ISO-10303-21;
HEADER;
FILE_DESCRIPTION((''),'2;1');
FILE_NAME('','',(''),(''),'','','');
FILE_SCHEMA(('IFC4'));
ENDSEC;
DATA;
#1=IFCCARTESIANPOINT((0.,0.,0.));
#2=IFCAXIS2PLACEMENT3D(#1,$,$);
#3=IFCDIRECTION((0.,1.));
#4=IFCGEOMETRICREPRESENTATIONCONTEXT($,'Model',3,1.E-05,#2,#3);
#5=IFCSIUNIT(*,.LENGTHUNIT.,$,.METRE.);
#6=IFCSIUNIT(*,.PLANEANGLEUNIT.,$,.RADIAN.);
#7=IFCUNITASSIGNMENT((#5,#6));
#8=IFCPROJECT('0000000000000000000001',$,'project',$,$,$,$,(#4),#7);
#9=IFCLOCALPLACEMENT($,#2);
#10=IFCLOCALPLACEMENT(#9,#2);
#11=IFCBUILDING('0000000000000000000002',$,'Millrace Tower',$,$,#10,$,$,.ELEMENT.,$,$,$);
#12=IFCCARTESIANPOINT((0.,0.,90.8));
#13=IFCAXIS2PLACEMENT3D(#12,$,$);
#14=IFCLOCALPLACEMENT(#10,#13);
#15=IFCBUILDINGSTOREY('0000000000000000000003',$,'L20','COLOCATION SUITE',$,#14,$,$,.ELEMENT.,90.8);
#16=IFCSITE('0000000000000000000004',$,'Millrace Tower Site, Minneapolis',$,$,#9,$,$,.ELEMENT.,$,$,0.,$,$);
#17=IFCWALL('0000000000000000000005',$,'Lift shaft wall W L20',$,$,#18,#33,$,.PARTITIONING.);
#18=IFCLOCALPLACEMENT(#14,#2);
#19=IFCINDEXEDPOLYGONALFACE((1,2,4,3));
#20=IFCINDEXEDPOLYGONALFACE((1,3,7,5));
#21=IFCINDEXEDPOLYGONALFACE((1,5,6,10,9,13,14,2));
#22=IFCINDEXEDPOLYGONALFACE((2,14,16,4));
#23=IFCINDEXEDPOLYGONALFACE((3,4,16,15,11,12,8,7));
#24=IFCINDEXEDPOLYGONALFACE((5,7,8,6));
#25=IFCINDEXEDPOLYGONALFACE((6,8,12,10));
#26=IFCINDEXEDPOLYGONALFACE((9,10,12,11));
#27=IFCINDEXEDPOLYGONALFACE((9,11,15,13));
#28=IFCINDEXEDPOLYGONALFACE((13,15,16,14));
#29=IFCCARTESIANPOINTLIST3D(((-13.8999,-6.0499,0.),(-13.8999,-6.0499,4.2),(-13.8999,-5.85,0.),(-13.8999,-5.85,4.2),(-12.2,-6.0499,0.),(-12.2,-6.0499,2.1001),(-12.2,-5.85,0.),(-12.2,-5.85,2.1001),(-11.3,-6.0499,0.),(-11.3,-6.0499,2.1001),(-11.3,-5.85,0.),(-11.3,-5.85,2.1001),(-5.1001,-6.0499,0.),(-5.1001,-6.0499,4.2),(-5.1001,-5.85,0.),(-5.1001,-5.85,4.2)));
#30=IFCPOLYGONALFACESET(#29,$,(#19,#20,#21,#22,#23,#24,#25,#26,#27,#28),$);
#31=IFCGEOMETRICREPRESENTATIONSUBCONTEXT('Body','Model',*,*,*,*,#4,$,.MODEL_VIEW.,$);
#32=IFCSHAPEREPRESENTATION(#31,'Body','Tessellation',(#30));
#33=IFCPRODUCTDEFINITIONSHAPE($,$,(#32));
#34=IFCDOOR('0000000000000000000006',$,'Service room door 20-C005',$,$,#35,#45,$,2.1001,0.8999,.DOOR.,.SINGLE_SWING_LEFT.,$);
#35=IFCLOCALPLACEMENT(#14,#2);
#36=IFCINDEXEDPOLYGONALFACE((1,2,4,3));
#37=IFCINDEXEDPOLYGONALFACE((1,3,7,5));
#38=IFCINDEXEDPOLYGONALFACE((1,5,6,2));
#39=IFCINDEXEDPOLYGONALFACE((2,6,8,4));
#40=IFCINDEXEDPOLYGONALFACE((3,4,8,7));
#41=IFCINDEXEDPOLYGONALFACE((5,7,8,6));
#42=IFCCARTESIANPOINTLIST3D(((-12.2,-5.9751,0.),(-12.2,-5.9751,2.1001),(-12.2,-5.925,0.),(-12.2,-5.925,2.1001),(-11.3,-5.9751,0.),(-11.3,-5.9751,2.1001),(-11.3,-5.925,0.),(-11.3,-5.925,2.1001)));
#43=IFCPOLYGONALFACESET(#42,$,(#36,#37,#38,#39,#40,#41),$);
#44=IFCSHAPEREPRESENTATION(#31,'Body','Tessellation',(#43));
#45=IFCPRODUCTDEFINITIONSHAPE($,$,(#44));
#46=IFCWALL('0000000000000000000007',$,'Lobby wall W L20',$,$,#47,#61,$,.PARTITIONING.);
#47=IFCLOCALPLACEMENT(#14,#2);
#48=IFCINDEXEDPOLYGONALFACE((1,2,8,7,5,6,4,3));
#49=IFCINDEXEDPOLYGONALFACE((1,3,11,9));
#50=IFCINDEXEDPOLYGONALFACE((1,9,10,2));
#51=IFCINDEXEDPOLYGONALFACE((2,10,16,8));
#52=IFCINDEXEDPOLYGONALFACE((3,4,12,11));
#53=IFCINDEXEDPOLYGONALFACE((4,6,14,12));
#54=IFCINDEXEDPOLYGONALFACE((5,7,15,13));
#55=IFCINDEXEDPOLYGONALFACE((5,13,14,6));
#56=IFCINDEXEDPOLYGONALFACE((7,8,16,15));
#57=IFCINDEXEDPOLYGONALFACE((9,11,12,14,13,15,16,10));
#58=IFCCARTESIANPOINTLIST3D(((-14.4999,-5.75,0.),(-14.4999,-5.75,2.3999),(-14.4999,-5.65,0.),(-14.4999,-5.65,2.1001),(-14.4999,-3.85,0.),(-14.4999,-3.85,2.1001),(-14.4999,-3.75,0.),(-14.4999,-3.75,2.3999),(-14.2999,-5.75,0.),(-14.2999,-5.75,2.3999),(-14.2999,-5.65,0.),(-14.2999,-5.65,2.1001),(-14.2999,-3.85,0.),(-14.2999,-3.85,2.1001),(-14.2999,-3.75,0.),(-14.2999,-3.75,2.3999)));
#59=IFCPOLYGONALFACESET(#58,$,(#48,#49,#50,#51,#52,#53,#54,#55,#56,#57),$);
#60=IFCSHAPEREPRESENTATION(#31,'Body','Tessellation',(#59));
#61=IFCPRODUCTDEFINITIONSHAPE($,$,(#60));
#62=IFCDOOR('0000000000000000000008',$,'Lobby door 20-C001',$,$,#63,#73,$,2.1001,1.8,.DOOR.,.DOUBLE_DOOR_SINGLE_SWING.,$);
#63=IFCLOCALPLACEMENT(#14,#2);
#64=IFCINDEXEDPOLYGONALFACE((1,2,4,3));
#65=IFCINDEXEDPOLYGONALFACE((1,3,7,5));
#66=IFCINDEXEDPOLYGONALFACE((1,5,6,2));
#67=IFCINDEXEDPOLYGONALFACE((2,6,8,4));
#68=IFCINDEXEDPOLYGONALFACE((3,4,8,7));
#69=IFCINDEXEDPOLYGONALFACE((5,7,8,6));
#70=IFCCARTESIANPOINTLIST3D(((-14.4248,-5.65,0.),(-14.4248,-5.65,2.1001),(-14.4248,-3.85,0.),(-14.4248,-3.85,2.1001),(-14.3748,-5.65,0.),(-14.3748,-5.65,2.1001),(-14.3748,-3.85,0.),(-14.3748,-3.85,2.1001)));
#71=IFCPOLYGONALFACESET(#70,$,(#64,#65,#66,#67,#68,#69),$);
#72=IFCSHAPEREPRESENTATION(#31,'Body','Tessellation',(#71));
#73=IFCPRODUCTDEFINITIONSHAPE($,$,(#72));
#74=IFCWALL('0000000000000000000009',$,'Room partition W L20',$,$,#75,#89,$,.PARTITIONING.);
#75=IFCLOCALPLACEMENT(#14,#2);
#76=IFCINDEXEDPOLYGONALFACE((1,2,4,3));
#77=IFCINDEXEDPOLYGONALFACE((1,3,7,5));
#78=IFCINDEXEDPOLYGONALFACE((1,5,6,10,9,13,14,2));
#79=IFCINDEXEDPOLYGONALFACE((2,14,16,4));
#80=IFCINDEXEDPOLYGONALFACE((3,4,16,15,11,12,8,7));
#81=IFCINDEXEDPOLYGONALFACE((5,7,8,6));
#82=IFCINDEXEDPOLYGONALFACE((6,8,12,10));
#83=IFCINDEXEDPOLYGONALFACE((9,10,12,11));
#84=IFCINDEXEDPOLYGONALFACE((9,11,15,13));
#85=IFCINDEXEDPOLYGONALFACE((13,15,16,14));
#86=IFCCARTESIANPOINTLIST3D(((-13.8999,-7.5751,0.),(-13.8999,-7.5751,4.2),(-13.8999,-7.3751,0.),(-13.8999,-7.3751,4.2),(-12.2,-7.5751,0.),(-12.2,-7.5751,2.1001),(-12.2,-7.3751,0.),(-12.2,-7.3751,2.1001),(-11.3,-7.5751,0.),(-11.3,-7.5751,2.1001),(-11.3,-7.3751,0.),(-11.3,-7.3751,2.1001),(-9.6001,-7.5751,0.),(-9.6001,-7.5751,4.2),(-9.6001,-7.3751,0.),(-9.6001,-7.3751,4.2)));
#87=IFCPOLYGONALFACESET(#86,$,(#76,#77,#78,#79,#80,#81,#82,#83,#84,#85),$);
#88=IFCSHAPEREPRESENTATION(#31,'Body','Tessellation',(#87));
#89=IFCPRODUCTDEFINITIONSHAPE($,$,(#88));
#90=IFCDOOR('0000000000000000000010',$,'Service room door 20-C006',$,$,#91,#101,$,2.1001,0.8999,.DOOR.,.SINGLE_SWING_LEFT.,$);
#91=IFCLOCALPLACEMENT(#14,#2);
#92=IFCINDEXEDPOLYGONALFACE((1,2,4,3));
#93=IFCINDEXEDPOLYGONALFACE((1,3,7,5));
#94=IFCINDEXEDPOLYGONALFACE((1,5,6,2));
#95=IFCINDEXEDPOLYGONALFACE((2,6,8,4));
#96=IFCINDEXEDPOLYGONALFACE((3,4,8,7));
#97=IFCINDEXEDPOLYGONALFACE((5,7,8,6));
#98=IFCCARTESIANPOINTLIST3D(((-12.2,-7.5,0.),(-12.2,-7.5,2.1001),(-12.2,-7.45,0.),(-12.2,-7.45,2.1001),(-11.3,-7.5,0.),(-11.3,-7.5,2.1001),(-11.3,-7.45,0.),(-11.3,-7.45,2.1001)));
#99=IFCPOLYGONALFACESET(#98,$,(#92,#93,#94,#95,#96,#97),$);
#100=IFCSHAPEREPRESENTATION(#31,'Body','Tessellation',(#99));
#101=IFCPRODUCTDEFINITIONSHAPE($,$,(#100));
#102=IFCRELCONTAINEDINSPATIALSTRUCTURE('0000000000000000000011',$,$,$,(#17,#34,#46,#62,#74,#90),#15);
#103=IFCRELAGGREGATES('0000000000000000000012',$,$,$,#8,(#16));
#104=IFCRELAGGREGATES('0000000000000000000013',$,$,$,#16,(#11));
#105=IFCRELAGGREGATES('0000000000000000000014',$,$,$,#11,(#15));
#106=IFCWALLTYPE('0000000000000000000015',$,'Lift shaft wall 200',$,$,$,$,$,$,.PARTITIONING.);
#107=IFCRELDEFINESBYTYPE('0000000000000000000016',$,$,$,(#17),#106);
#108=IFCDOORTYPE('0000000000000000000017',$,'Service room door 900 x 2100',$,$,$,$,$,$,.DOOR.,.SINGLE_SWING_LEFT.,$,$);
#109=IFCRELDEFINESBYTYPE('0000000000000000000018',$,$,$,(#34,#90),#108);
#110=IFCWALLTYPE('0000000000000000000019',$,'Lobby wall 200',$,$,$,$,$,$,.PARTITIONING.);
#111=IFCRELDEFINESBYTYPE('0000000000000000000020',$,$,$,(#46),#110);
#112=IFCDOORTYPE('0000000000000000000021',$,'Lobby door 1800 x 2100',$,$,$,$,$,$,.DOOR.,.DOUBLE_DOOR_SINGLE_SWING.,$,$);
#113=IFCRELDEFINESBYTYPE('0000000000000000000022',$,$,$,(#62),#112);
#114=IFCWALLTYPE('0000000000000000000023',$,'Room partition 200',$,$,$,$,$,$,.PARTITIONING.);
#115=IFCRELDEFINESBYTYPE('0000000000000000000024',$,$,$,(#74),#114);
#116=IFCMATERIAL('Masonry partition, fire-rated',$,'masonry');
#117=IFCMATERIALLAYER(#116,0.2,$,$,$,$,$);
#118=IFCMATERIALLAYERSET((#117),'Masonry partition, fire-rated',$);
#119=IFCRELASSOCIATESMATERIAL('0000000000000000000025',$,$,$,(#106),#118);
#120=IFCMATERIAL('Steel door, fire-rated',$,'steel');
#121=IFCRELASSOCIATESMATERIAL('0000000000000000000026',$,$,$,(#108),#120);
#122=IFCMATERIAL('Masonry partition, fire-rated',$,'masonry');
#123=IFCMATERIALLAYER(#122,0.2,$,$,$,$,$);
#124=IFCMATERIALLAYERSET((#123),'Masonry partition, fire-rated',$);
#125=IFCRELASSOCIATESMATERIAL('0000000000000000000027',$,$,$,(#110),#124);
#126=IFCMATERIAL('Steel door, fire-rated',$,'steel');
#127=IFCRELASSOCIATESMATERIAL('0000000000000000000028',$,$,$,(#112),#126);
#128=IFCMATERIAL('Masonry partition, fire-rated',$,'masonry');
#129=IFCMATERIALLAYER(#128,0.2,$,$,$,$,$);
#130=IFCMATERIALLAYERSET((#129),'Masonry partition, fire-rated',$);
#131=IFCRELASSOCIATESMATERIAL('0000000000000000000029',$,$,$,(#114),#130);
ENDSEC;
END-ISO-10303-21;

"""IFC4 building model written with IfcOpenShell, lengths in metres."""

from ifc_helpers import new_model, si_unit, direction, frame, frame_2d, origin, place, context, subcontext, project, spatial, rectangle, extrude, material, layer, layer_set, type_object, element, fill, save


model = new_model("IFC4")

# Units and contexts
model_context = context("Model", 3, precision=1e-05, world=origin(), true_north=direction((0.0, 1.0)))
body_context = subcontext(model_context, "Body", "Model", "MODEL_VIEW")
ifc_project = project(units=[si_unit("LENGTHUNIT", "METRE"), si_unit("PLANEANGLEUNIT", "RADIAN")], contexts=[model_context])

# Site, building, storey
site_placement = place(None, origin())
site = spatial("IfcSite", under=ifc_project, at=site_placement, Name="Millrace Tower Site, Minneapolis", CompositionType="ELEMENT", RefElevation=0.0)
building_placement = place(site_placement, origin())
building = spatial("IfcBuilding", under=site, at=building_placement, Name="Millrace Tower", CompositionType="ELEMENT")
storey_placement = place(building_placement, frame((0.0, 0.0, 90.8)))
storey = spatial("IfcBuildingStorey", under=building, at=storey_placement, Name="L20", Description="COLOCATION SUITE", CompositionType="ELEMENT", Elevation=90.8)

# Walls, openings, doors
ifc_material_1 = material(Name="Masonry partition, fire-rated", Category="masonry")
ifc_layer_1 = layer(ifc_material_1, 0.2)
ifc_layer_set_1 = layer_set([ifc_layer_1], Name="Masonry partition, fire-rated")
wall_type_1 = type_object("IfcWallType", Name="Lift shaft wall 200", PredefinedType="PARTITIONING", material=ifc_layer_set_1)
wall_1_placement = place(storey_placement, frame((-13.8999, -5.95, 0.0), z_axis=(0.0, 0.0, 1.0), x_axis=(1.0, 0.0, 0.0)))
wall_1 = element("IfcWall", 1, at=wall_1_placement, inside=storey, type_object=wall_type_1, Name="Lift shaft wall W L20", PredefinedType="PARTITIONING", context=body_context, shape_type="SweptSolid", body=[
    extrude(rectangle(XDim=8.7998, YDim=0.2, at=frame_2d((4.3999, 0.0))), origin(), (0.0, 0.0, 1.0), 4.2),
])
opening_1_placement = place(wall_1_placement, frame((1.7, 0.0, 0.0)))
opening_1 = element("IfcOpeningElement", 2, at=opening_1_placement, cuts=wall_1, PredefinedType="OPENING", context=body_context, shape_type="SweptSolid", body=[
    extrude(rectangle(XDim=0.8999, YDim=2.1001, at=frame_2d((0.45, 1.05))), frame((0.0, 0.1099, 0.0), z_axis=(0.0, -1.0, 0.0), x_axis=(1.0, 0.0, 0.0)), (0.0, 0.0, 1.0), 0.22),
])
ifc_material_2 = material(Name="Steel door, fire-rated", Category="steel")
door_type_1 = type_object("IfcDoorType", Name="Service room door 900 x 2100", OperationType="SINGLE_SWING_LEFT", PredefinedType="DOOR", material=ifc_material_2)
door_1_placement = place(opening_1_placement, origin())
door_1 = element("IfcDoor", 3, at=door_1_placement, inside=storey, type_object=door_type_1, Name="Service room door 20-C005", OperationType="SINGLE_SWING_LEFT", OverallHeight=2.1001, OverallWidth=0.8999, PredefinedType="DOOR", context=body_context, shape_type="SweptSolid", body=[
    extrude(rectangle(XDim=0.8999, YDim=2.1001, at=frame_2d((0.45, 1.05))), frame((0.0, 0.0249, 0.0), z_axis=(0.0, -1.0, 0.0), x_axis=(1.0, 0.0, 0.0)), (0.0, 0.0, 1.0), 0.05),
])
fill(opening_1, door_1)
ifc_material_3 = material(Name="Masonry partition, fire-rated", Category="masonry")
ifc_layer_2 = layer(ifc_material_3, 0.2)
ifc_layer_set_2 = layer_set([ifc_layer_2], Name="Masonry partition, fire-rated")
wall_type_2 = type_object("IfcWallType", Name="Lobby wall 200", PredefinedType="PARTITIONING", material=ifc_layer_set_2)
wall_2_placement = place(storey_placement, frame((-14.3999, -5.75, 0.0), z_axis=(0.0, 0.0, 1.0), x_axis=(0.0, 1.0, 0.0)))
wall_2 = element("IfcWall", 4, at=wall_2_placement, inside=storey, type_object=wall_type_2, Name="Lobby wall W L20", PredefinedType="PARTITIONING", context=body_context, shape_type="SweptSolid", body=[
    extrude(rectangle(XDim=2.0, YDim=0.2, at=frame_2d((1.0, 0.0))), origin(), (0.0, 0.0, 1.0), 2.3999),
])
opening_2_placement = place(wall_2_placement, frame((0.1001, 0.0, 0.0)))
opening_2 = element("IfcOpeningElement", 5, at=opening_2_placement, cuts=wall_2, PredefinedType="OPENING", context=body_context, shape_type="SweptSolid", body=[
    extrude(rectangle(XDim=1.8, YDim=2.1001, at=frame_2d((0.8999, 1.05))), frame((0.0, 0.1099, 0.0), z_axis=(0.0, -1.0, 0.0), x_axis=(1.0, 0.0, 0.0)), (0.0, 0.0, 1.0), 0.22),
])
ifc_material_4 = material(Name="Steel door, fire-rated", Category="steel")
door_type_2 = type_object("IfcDoorType", Name="Lobby door 1800 x 2100", OperationType="DOUBLE_DOOR_SINGLE_SWING", PredefinedType="DOOR", material=ifc_material_4)
door_2_placement = place(opening_2_placement, origin())
door_2 = element("IfcDoor", 6, at=door_2_placement, inside=storey, type_object=door_type_2, Name="Lobby door 20-C001", OperationType="DOUBLE_DOOR_SINGLE_SWING", OverallHeight=2.1001, OverallWidth=1.8, PredefinedType="DOOR", context=body_context, shape_type="SweptSolid", body=[
    extrude(rectangle(XDim=1.8, YDim=2.1001, at=frame_2d((0.8999, 1.05))), frame((0.0, 0.0249, 0.0), z_axis=(0.0, -1.0, 0.0), x_axis=(1.0, 0.0, 0.0)), (0.0, 0.0, 1.0), 0.05),
])
fill(opening_2, door_2)
ifc_material_5 = material(Name="Masonry partition, fire-rated", Category="masonry")
ifc_layer_3 = layer(ifc_material_5, 0.2)
ifc_layer_set_3 = layer_set([ifc_layer_3], Name="Masonry partition, fire-rated")
wall_type_3 = type_object("IfcWallType", Name="Room partition 200", PredefinedType="PARTITIONING", material=ifc_layer_set_3)
wall_3_placement = place(storey_placement, frame((-13.8999, -7.4751, 0.0), z_axis=(0.0, 0.0, 1.0), x_axis=(1.0, 0.0, 0.0)))
wall_3 = element("IfcWall", 7, at=wall_3_placement, inside=storey, type_object=wall_type_3, Name="Room partition W L20", PredefinedType="PARTITIONING", context=body_context, shape_type="SweptSolid", body=[
    extrude(rectangle(XDim=4.2998, YDim=0.2, at=frame_2d((2.1499, 0.0))), origin(), (0.0, 0.0, 1.0), 4.2),
])
opening_3_placement = place(wall_3_placement, frame((1.7, 0.0, 0.0)))
opening_3 = element("IfcOpeningElement", 8, at=opening_3_placement, cuts=wall_3, PredefinedType="OPENING", context=body_context, shape_type="SweptSolid", body=[
    extrude(rectangle(XDim=0.8999, YDim=2.1001, at=frame_2d((0.45, 1.05))), frame((0.0, 0.1099, 0.0), z_axis=(0.0, -1.0, 0.0), x_axis=(1.0, 0.0, 0.0)), (0.0, 0.0, 1.0), 0.22),
])
door_3_placement = place(opening_3_placement, frame((0.8999, 0.0, 0.0), z_axis=(0.0, 0.0, 1.0), x_axis=(-1.0, 0.0, 0.0)))
door_3 = element("IfcDoor", 9, at=door_3_placement, inside=storey, type_object=door_type_1, Name="Service room door 20-C006", OperationType="SINGLE_SWING_LEFT", OverallHeight=2.1001, OverallWidth=0.8999, PredefinedType="DOOR", context=body_context, shape_type="SweptSolid", body=[
    extrude(rectangle(XDim=0.8999, YDim=2.1001, at=frame_2d((0.45, 1.05))), frame((0.0, 0.0249, 0.0), z_axis=(0.0, -1.0, 0.0), x_axis=(1.0, 0.0, 0.0)), (0.0, 0.0, 1.0), 0.05),
])
fill(opening_3, door_3)

save(model, "model.ifc")
